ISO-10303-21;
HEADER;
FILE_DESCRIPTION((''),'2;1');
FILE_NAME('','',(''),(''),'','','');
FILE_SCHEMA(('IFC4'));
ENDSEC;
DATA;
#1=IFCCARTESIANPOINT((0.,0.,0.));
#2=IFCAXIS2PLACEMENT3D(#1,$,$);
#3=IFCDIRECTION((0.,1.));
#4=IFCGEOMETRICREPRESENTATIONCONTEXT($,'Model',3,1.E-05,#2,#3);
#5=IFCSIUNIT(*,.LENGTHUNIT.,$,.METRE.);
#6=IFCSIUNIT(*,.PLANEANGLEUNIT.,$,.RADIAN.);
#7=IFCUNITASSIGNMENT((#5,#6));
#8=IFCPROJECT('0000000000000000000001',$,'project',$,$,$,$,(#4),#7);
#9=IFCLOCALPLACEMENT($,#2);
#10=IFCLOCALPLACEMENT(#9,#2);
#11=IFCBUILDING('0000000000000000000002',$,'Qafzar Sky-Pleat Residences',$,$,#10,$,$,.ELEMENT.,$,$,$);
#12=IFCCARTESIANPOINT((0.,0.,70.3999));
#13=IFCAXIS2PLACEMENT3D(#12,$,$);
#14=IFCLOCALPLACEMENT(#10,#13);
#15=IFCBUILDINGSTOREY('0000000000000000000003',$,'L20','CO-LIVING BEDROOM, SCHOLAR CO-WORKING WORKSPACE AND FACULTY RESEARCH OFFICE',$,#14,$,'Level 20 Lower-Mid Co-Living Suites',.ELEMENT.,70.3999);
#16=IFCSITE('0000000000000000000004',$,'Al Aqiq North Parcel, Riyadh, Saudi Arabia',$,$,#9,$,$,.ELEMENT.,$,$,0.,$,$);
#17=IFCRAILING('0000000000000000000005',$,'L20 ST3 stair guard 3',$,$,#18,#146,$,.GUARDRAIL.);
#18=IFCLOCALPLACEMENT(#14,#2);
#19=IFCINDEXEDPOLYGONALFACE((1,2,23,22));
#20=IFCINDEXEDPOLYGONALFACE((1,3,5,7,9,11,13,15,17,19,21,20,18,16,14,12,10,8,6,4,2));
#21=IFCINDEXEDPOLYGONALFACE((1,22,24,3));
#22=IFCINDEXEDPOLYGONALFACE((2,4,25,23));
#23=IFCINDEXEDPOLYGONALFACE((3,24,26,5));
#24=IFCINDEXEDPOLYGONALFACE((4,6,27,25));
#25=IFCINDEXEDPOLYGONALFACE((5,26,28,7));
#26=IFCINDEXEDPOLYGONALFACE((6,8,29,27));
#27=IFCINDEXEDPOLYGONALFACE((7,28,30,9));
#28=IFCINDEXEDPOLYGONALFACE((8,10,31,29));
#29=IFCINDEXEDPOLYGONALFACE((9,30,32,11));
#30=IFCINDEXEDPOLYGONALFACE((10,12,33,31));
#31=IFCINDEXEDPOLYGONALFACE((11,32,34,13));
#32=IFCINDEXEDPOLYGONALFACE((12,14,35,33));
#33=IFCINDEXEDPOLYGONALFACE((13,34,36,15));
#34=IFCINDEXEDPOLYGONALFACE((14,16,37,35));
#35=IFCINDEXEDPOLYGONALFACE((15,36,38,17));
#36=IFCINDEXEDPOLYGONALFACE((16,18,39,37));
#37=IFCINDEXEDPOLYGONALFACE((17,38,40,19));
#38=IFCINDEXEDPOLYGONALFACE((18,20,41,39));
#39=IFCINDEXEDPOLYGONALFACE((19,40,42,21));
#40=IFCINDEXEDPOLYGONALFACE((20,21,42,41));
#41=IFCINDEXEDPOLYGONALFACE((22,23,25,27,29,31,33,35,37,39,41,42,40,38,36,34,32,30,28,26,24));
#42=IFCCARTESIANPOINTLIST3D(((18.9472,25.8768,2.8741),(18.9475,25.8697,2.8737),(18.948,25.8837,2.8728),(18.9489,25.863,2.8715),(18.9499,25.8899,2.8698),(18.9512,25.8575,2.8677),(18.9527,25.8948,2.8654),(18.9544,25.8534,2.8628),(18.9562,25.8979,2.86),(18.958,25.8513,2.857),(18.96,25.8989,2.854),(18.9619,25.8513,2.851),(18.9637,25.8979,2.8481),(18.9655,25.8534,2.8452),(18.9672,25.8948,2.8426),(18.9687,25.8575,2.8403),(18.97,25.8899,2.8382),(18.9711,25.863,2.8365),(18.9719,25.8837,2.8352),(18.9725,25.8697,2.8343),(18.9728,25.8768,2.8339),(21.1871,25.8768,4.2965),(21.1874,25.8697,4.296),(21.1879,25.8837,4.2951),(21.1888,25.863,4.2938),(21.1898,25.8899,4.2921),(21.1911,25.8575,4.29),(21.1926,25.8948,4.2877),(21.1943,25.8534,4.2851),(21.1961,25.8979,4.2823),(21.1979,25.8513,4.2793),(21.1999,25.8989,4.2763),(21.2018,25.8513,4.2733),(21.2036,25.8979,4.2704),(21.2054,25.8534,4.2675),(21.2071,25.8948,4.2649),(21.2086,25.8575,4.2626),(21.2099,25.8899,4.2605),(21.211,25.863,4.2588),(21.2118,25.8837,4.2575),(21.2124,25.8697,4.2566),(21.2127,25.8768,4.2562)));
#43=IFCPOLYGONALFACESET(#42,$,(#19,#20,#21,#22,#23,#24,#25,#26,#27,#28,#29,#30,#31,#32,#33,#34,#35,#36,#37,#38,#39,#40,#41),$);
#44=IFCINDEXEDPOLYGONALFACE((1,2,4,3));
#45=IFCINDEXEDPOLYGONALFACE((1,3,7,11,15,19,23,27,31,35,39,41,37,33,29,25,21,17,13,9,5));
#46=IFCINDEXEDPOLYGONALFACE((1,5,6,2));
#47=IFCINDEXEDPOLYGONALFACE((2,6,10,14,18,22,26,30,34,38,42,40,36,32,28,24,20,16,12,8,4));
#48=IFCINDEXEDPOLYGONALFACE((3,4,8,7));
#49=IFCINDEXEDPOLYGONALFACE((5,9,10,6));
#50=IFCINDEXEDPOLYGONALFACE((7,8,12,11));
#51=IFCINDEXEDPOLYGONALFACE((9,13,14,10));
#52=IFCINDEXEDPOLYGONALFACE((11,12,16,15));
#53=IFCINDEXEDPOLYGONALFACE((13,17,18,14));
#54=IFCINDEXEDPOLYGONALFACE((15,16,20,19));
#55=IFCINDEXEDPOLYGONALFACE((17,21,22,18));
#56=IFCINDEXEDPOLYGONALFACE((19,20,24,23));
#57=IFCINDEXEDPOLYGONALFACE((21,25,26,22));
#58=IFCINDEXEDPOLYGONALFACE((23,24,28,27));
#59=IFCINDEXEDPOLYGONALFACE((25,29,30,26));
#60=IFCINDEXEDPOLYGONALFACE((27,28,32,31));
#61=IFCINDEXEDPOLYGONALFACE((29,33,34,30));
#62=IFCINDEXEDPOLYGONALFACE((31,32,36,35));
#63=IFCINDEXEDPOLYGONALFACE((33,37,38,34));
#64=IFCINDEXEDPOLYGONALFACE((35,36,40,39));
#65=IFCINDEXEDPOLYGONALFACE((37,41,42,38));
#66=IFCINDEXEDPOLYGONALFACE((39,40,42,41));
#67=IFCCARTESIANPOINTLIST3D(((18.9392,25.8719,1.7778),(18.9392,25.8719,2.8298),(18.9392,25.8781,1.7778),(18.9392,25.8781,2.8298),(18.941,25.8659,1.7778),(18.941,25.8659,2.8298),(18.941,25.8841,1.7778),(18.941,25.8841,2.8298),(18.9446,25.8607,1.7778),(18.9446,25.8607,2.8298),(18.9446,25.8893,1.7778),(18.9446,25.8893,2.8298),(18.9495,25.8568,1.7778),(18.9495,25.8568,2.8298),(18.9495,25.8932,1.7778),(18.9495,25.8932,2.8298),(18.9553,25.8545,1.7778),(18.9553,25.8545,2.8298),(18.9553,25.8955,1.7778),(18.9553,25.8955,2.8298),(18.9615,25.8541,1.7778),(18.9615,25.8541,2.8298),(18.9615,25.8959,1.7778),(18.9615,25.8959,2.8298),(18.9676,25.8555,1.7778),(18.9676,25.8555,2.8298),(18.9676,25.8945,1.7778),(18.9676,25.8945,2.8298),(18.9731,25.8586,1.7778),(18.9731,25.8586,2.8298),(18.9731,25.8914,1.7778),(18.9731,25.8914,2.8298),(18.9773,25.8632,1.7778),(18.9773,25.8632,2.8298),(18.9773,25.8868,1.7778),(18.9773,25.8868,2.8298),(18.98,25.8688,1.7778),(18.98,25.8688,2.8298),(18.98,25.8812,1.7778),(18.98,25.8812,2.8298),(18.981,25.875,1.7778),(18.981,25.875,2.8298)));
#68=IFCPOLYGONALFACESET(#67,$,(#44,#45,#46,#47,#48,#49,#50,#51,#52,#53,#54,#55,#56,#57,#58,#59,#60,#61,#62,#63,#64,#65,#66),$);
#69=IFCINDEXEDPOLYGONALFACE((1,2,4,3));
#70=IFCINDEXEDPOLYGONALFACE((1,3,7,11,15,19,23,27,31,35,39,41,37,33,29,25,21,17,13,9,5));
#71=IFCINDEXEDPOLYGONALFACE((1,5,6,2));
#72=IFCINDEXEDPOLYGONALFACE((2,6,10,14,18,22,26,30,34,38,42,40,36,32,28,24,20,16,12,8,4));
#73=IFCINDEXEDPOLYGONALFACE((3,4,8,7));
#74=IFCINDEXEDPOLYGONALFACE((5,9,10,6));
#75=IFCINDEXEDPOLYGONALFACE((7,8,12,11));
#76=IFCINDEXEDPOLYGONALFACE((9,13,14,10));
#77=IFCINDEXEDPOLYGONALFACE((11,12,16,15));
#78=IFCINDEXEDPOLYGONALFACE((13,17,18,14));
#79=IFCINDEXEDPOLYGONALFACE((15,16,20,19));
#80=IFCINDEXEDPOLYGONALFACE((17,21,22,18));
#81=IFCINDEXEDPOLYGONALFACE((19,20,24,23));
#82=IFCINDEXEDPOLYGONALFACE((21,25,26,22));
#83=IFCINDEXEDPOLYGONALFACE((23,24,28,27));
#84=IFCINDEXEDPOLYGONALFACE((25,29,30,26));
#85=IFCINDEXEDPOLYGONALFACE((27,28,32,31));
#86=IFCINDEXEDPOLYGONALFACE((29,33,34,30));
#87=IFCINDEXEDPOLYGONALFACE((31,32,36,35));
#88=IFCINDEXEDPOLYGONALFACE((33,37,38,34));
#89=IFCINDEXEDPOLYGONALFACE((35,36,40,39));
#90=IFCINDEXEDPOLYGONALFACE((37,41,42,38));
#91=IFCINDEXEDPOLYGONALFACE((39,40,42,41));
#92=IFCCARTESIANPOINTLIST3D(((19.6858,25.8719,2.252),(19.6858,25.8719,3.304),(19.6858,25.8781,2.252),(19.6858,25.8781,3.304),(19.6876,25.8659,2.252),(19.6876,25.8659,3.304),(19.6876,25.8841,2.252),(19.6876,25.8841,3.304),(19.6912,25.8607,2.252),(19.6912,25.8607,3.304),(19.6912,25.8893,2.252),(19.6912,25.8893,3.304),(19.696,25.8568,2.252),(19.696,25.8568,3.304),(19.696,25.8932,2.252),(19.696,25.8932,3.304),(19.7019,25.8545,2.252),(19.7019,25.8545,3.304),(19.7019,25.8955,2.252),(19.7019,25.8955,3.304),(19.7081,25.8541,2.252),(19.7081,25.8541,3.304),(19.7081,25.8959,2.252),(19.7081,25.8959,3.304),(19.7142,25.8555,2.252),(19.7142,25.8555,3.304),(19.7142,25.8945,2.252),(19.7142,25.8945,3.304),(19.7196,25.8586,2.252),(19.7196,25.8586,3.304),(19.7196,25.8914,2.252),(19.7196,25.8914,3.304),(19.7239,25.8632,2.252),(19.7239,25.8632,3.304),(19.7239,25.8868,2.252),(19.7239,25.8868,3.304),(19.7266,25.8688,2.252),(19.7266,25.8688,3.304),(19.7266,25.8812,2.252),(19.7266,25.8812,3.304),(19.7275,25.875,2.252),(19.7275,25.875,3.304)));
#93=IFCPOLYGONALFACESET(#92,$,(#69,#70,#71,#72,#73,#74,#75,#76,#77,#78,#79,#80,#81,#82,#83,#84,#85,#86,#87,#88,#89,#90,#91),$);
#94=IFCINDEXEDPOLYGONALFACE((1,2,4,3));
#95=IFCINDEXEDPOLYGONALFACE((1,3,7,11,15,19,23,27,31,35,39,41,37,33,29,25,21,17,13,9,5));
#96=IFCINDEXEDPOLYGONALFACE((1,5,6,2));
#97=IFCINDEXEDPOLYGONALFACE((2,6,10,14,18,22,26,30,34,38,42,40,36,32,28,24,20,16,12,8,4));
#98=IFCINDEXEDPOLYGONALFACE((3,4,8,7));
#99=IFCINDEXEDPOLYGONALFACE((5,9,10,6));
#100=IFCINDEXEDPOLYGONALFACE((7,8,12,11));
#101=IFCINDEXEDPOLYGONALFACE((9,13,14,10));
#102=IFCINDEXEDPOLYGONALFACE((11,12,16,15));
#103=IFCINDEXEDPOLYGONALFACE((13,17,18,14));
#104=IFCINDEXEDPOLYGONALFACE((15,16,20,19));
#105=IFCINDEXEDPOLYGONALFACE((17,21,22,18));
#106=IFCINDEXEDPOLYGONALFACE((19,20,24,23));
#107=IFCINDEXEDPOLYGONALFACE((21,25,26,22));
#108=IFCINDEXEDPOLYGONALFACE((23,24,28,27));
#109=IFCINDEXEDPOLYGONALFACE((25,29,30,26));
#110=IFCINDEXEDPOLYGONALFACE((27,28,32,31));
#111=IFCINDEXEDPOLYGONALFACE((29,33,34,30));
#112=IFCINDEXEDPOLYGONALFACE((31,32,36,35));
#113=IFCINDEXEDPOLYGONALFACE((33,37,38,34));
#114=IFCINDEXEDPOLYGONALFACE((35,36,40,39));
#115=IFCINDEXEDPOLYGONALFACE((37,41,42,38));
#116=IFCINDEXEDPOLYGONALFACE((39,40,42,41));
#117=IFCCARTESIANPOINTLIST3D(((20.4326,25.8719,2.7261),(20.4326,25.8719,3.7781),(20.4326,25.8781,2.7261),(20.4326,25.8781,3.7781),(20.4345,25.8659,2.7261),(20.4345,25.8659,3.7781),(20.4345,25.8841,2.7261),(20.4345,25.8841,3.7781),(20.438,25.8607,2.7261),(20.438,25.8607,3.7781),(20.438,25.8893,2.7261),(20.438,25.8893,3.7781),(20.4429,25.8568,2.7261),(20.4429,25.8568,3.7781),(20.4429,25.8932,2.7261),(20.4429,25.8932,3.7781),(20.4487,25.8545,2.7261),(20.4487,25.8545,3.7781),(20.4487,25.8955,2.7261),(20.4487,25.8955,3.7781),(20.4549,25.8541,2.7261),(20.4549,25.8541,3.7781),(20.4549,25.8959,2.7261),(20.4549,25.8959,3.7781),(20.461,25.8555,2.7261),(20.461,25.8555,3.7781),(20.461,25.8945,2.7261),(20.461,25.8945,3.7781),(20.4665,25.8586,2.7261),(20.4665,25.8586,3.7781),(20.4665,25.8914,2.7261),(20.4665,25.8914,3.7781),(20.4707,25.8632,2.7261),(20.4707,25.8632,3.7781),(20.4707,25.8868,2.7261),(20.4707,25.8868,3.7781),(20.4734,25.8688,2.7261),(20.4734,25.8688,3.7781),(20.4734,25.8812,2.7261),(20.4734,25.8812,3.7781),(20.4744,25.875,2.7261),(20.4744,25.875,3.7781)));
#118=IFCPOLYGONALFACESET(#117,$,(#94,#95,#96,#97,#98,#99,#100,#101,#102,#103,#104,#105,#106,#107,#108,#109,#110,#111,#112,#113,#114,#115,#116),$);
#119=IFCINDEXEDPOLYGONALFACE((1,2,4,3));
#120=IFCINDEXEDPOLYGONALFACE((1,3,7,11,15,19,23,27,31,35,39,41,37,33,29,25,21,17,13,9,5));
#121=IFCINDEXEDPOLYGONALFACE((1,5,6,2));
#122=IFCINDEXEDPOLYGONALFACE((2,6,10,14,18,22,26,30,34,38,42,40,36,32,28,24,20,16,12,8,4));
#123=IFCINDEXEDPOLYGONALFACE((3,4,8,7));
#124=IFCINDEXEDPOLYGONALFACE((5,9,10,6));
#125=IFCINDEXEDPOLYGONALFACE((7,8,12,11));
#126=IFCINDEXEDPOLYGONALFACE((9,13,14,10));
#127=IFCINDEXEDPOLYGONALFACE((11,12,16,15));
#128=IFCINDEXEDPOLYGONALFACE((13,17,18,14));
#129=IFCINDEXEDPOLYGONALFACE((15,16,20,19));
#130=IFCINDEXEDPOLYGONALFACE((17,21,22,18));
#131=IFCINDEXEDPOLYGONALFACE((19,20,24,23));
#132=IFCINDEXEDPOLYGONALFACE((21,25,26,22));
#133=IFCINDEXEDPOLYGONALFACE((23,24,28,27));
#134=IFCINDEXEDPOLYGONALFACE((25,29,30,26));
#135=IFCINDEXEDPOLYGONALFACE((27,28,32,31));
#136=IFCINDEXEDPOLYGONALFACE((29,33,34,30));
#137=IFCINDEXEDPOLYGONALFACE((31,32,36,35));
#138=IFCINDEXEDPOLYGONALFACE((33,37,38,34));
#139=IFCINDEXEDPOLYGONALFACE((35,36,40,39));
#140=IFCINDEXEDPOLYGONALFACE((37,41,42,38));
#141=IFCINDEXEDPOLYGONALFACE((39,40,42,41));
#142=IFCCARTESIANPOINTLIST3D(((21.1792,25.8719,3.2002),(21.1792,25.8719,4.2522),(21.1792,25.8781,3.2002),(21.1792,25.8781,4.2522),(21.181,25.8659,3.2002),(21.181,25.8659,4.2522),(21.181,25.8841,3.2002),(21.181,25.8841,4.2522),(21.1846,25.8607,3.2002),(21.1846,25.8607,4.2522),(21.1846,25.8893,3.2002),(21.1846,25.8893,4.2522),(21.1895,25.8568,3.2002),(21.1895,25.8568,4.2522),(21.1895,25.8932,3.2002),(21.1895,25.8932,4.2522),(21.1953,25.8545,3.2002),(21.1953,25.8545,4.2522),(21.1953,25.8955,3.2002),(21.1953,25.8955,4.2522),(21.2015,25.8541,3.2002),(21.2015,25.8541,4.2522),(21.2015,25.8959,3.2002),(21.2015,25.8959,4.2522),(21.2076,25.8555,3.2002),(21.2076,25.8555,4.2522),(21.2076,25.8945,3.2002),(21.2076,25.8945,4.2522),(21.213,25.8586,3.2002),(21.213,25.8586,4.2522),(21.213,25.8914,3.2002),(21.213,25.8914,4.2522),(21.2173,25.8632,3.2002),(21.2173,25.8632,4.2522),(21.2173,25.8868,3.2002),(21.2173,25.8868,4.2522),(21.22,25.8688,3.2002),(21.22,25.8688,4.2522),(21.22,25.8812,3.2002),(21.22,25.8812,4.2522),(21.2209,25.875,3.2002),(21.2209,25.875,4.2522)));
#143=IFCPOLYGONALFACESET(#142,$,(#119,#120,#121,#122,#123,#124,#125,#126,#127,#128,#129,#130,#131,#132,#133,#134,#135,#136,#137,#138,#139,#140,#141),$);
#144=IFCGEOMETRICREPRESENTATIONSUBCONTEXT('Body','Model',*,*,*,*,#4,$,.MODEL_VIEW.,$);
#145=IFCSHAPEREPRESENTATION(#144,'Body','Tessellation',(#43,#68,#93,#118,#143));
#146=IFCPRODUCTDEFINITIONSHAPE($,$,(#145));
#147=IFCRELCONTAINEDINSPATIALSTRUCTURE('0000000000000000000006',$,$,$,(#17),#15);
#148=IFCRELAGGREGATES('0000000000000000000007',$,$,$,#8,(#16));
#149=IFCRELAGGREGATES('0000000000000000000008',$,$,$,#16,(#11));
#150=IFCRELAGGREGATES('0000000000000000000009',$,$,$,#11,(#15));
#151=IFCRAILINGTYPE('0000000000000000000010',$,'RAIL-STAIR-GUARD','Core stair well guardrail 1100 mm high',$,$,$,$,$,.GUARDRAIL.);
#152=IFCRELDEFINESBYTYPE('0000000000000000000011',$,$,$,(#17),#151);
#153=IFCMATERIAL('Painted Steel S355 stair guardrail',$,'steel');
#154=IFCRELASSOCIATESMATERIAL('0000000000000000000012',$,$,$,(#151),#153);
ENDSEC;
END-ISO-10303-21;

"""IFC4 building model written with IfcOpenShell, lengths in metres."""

from ifc_helpers import new_model, si_unit, direction, frame, origin, origin_2d, place, context, subcontext, project, spatial, circle, extrude, source, transform, mapped, material, type_object, element, save


model = new_model("IFC4")

# Units and contexts
model_context = context("Model", 3, precision=1e-05, world=origin(), true_north=direction((0.0, 1.0)))
body_context = subcontext(model_context, "Body", "Model", "MODEL_VIEW")
ifc_project = project(units=[si_unit("LENGTHUNIT", "METRE"), si_unit("PLANEANGLEUNIT", "RADIAN")], contexts=[model_context])

# Site, building, storey
site_placement = place(None, origin())
site = spatial("IfcSite", under=ifc_project, at=site_placement, Name="Al Aqiq North Parcel, Riyadh, Saudi Arabia", CompositionType="ELEMENT", RefElevation=0.0)
building_placement = place(site_placement, origin())
building = spatial("IfcBuilding", under=site, at=building_placement, Name="Qafzar Sky-Pleat Residences", CompositionType="ELEMENT")
storey_placement = place(building_placement, frame((0.0, 0.0, 70.3999)))
storey = spatial("IfcBuildingStorey", under=building, at=storey_placement, Name="L20", Description="CO-LIVING BEDROOM, SCHOLAR CO-WORKING WORKSPACE AND FACULTY RESEARCH OFFICE", LongName="Level 20 Lower-Mid Co-Living Suites", CompositionType="ELEMENT", Elevation=70.3999)

# Railing
ifc_material_1 = material(Name="Painted Steel S355 stair guardrail", Category="steel")
railing_type_1 = type_object("IfcRailingType", Name="RAIL-STAIR-GUARD", Description="Core stair well guardrail 1100 mm high", PredefinedType="GUARDRAIL", material=ifc_material_1)
shared_shape_1 = source(origin(), body_context, "Body", "SweptSolid", [
    extrude(circle(Radius=0.0239, at=origin_2d()), frame((0.0, 0.0, 1.0762), z_axis=(0.844188, 0.0, 0.536048), x_axis=(0.0, 1.0, 0.0)), (0.0, 0.0, 1.0), 2.6533),
    extrude(circle(Radius=0.021, at=origin_2d()), origin(), (0.0, 0.0, 1.0), 1.052),
    extrude(circle(Radius=0.021, at=origin_2d()), frame((0.7466, 0.0, 0.4741)), (0.0, 0.0, 1.0), 1.052),
    extrude(circle(Radius=0.021, at=origin_2d()), frame((1.4934, 0.0, 0.9482)), (0.0, 0.0, 1.0), 1.052),
    extrude(circle(Radius=0.021, at=origin_2d()), frame((2.24, 0.0, 1.4224)), (0.0, 0.0, 1.0), 1.052),
])
railing_1_placement = place(storey_placement, frame((18.96, 25.875, 1.7778)))
element("IfcRailing", 1, at=railing_1_placement, inside=storey, type_object=railing_type_1, Name="L20 ST3 stair guard 3", PredefinedType="GUARDRAIL", context=body_context, shape_type="MappedRepresentation", body=[
    mapped(shared_shape_1, transform((0.0, 0.0, 0.0), x_axis=(1.0, 0.0, 0.0), y_axis=(0.0, 1.0, 0.0), z_axis=(0.0, 0.0, 1.0), scale=1.0)),
])

save(model, "model.ifc")
